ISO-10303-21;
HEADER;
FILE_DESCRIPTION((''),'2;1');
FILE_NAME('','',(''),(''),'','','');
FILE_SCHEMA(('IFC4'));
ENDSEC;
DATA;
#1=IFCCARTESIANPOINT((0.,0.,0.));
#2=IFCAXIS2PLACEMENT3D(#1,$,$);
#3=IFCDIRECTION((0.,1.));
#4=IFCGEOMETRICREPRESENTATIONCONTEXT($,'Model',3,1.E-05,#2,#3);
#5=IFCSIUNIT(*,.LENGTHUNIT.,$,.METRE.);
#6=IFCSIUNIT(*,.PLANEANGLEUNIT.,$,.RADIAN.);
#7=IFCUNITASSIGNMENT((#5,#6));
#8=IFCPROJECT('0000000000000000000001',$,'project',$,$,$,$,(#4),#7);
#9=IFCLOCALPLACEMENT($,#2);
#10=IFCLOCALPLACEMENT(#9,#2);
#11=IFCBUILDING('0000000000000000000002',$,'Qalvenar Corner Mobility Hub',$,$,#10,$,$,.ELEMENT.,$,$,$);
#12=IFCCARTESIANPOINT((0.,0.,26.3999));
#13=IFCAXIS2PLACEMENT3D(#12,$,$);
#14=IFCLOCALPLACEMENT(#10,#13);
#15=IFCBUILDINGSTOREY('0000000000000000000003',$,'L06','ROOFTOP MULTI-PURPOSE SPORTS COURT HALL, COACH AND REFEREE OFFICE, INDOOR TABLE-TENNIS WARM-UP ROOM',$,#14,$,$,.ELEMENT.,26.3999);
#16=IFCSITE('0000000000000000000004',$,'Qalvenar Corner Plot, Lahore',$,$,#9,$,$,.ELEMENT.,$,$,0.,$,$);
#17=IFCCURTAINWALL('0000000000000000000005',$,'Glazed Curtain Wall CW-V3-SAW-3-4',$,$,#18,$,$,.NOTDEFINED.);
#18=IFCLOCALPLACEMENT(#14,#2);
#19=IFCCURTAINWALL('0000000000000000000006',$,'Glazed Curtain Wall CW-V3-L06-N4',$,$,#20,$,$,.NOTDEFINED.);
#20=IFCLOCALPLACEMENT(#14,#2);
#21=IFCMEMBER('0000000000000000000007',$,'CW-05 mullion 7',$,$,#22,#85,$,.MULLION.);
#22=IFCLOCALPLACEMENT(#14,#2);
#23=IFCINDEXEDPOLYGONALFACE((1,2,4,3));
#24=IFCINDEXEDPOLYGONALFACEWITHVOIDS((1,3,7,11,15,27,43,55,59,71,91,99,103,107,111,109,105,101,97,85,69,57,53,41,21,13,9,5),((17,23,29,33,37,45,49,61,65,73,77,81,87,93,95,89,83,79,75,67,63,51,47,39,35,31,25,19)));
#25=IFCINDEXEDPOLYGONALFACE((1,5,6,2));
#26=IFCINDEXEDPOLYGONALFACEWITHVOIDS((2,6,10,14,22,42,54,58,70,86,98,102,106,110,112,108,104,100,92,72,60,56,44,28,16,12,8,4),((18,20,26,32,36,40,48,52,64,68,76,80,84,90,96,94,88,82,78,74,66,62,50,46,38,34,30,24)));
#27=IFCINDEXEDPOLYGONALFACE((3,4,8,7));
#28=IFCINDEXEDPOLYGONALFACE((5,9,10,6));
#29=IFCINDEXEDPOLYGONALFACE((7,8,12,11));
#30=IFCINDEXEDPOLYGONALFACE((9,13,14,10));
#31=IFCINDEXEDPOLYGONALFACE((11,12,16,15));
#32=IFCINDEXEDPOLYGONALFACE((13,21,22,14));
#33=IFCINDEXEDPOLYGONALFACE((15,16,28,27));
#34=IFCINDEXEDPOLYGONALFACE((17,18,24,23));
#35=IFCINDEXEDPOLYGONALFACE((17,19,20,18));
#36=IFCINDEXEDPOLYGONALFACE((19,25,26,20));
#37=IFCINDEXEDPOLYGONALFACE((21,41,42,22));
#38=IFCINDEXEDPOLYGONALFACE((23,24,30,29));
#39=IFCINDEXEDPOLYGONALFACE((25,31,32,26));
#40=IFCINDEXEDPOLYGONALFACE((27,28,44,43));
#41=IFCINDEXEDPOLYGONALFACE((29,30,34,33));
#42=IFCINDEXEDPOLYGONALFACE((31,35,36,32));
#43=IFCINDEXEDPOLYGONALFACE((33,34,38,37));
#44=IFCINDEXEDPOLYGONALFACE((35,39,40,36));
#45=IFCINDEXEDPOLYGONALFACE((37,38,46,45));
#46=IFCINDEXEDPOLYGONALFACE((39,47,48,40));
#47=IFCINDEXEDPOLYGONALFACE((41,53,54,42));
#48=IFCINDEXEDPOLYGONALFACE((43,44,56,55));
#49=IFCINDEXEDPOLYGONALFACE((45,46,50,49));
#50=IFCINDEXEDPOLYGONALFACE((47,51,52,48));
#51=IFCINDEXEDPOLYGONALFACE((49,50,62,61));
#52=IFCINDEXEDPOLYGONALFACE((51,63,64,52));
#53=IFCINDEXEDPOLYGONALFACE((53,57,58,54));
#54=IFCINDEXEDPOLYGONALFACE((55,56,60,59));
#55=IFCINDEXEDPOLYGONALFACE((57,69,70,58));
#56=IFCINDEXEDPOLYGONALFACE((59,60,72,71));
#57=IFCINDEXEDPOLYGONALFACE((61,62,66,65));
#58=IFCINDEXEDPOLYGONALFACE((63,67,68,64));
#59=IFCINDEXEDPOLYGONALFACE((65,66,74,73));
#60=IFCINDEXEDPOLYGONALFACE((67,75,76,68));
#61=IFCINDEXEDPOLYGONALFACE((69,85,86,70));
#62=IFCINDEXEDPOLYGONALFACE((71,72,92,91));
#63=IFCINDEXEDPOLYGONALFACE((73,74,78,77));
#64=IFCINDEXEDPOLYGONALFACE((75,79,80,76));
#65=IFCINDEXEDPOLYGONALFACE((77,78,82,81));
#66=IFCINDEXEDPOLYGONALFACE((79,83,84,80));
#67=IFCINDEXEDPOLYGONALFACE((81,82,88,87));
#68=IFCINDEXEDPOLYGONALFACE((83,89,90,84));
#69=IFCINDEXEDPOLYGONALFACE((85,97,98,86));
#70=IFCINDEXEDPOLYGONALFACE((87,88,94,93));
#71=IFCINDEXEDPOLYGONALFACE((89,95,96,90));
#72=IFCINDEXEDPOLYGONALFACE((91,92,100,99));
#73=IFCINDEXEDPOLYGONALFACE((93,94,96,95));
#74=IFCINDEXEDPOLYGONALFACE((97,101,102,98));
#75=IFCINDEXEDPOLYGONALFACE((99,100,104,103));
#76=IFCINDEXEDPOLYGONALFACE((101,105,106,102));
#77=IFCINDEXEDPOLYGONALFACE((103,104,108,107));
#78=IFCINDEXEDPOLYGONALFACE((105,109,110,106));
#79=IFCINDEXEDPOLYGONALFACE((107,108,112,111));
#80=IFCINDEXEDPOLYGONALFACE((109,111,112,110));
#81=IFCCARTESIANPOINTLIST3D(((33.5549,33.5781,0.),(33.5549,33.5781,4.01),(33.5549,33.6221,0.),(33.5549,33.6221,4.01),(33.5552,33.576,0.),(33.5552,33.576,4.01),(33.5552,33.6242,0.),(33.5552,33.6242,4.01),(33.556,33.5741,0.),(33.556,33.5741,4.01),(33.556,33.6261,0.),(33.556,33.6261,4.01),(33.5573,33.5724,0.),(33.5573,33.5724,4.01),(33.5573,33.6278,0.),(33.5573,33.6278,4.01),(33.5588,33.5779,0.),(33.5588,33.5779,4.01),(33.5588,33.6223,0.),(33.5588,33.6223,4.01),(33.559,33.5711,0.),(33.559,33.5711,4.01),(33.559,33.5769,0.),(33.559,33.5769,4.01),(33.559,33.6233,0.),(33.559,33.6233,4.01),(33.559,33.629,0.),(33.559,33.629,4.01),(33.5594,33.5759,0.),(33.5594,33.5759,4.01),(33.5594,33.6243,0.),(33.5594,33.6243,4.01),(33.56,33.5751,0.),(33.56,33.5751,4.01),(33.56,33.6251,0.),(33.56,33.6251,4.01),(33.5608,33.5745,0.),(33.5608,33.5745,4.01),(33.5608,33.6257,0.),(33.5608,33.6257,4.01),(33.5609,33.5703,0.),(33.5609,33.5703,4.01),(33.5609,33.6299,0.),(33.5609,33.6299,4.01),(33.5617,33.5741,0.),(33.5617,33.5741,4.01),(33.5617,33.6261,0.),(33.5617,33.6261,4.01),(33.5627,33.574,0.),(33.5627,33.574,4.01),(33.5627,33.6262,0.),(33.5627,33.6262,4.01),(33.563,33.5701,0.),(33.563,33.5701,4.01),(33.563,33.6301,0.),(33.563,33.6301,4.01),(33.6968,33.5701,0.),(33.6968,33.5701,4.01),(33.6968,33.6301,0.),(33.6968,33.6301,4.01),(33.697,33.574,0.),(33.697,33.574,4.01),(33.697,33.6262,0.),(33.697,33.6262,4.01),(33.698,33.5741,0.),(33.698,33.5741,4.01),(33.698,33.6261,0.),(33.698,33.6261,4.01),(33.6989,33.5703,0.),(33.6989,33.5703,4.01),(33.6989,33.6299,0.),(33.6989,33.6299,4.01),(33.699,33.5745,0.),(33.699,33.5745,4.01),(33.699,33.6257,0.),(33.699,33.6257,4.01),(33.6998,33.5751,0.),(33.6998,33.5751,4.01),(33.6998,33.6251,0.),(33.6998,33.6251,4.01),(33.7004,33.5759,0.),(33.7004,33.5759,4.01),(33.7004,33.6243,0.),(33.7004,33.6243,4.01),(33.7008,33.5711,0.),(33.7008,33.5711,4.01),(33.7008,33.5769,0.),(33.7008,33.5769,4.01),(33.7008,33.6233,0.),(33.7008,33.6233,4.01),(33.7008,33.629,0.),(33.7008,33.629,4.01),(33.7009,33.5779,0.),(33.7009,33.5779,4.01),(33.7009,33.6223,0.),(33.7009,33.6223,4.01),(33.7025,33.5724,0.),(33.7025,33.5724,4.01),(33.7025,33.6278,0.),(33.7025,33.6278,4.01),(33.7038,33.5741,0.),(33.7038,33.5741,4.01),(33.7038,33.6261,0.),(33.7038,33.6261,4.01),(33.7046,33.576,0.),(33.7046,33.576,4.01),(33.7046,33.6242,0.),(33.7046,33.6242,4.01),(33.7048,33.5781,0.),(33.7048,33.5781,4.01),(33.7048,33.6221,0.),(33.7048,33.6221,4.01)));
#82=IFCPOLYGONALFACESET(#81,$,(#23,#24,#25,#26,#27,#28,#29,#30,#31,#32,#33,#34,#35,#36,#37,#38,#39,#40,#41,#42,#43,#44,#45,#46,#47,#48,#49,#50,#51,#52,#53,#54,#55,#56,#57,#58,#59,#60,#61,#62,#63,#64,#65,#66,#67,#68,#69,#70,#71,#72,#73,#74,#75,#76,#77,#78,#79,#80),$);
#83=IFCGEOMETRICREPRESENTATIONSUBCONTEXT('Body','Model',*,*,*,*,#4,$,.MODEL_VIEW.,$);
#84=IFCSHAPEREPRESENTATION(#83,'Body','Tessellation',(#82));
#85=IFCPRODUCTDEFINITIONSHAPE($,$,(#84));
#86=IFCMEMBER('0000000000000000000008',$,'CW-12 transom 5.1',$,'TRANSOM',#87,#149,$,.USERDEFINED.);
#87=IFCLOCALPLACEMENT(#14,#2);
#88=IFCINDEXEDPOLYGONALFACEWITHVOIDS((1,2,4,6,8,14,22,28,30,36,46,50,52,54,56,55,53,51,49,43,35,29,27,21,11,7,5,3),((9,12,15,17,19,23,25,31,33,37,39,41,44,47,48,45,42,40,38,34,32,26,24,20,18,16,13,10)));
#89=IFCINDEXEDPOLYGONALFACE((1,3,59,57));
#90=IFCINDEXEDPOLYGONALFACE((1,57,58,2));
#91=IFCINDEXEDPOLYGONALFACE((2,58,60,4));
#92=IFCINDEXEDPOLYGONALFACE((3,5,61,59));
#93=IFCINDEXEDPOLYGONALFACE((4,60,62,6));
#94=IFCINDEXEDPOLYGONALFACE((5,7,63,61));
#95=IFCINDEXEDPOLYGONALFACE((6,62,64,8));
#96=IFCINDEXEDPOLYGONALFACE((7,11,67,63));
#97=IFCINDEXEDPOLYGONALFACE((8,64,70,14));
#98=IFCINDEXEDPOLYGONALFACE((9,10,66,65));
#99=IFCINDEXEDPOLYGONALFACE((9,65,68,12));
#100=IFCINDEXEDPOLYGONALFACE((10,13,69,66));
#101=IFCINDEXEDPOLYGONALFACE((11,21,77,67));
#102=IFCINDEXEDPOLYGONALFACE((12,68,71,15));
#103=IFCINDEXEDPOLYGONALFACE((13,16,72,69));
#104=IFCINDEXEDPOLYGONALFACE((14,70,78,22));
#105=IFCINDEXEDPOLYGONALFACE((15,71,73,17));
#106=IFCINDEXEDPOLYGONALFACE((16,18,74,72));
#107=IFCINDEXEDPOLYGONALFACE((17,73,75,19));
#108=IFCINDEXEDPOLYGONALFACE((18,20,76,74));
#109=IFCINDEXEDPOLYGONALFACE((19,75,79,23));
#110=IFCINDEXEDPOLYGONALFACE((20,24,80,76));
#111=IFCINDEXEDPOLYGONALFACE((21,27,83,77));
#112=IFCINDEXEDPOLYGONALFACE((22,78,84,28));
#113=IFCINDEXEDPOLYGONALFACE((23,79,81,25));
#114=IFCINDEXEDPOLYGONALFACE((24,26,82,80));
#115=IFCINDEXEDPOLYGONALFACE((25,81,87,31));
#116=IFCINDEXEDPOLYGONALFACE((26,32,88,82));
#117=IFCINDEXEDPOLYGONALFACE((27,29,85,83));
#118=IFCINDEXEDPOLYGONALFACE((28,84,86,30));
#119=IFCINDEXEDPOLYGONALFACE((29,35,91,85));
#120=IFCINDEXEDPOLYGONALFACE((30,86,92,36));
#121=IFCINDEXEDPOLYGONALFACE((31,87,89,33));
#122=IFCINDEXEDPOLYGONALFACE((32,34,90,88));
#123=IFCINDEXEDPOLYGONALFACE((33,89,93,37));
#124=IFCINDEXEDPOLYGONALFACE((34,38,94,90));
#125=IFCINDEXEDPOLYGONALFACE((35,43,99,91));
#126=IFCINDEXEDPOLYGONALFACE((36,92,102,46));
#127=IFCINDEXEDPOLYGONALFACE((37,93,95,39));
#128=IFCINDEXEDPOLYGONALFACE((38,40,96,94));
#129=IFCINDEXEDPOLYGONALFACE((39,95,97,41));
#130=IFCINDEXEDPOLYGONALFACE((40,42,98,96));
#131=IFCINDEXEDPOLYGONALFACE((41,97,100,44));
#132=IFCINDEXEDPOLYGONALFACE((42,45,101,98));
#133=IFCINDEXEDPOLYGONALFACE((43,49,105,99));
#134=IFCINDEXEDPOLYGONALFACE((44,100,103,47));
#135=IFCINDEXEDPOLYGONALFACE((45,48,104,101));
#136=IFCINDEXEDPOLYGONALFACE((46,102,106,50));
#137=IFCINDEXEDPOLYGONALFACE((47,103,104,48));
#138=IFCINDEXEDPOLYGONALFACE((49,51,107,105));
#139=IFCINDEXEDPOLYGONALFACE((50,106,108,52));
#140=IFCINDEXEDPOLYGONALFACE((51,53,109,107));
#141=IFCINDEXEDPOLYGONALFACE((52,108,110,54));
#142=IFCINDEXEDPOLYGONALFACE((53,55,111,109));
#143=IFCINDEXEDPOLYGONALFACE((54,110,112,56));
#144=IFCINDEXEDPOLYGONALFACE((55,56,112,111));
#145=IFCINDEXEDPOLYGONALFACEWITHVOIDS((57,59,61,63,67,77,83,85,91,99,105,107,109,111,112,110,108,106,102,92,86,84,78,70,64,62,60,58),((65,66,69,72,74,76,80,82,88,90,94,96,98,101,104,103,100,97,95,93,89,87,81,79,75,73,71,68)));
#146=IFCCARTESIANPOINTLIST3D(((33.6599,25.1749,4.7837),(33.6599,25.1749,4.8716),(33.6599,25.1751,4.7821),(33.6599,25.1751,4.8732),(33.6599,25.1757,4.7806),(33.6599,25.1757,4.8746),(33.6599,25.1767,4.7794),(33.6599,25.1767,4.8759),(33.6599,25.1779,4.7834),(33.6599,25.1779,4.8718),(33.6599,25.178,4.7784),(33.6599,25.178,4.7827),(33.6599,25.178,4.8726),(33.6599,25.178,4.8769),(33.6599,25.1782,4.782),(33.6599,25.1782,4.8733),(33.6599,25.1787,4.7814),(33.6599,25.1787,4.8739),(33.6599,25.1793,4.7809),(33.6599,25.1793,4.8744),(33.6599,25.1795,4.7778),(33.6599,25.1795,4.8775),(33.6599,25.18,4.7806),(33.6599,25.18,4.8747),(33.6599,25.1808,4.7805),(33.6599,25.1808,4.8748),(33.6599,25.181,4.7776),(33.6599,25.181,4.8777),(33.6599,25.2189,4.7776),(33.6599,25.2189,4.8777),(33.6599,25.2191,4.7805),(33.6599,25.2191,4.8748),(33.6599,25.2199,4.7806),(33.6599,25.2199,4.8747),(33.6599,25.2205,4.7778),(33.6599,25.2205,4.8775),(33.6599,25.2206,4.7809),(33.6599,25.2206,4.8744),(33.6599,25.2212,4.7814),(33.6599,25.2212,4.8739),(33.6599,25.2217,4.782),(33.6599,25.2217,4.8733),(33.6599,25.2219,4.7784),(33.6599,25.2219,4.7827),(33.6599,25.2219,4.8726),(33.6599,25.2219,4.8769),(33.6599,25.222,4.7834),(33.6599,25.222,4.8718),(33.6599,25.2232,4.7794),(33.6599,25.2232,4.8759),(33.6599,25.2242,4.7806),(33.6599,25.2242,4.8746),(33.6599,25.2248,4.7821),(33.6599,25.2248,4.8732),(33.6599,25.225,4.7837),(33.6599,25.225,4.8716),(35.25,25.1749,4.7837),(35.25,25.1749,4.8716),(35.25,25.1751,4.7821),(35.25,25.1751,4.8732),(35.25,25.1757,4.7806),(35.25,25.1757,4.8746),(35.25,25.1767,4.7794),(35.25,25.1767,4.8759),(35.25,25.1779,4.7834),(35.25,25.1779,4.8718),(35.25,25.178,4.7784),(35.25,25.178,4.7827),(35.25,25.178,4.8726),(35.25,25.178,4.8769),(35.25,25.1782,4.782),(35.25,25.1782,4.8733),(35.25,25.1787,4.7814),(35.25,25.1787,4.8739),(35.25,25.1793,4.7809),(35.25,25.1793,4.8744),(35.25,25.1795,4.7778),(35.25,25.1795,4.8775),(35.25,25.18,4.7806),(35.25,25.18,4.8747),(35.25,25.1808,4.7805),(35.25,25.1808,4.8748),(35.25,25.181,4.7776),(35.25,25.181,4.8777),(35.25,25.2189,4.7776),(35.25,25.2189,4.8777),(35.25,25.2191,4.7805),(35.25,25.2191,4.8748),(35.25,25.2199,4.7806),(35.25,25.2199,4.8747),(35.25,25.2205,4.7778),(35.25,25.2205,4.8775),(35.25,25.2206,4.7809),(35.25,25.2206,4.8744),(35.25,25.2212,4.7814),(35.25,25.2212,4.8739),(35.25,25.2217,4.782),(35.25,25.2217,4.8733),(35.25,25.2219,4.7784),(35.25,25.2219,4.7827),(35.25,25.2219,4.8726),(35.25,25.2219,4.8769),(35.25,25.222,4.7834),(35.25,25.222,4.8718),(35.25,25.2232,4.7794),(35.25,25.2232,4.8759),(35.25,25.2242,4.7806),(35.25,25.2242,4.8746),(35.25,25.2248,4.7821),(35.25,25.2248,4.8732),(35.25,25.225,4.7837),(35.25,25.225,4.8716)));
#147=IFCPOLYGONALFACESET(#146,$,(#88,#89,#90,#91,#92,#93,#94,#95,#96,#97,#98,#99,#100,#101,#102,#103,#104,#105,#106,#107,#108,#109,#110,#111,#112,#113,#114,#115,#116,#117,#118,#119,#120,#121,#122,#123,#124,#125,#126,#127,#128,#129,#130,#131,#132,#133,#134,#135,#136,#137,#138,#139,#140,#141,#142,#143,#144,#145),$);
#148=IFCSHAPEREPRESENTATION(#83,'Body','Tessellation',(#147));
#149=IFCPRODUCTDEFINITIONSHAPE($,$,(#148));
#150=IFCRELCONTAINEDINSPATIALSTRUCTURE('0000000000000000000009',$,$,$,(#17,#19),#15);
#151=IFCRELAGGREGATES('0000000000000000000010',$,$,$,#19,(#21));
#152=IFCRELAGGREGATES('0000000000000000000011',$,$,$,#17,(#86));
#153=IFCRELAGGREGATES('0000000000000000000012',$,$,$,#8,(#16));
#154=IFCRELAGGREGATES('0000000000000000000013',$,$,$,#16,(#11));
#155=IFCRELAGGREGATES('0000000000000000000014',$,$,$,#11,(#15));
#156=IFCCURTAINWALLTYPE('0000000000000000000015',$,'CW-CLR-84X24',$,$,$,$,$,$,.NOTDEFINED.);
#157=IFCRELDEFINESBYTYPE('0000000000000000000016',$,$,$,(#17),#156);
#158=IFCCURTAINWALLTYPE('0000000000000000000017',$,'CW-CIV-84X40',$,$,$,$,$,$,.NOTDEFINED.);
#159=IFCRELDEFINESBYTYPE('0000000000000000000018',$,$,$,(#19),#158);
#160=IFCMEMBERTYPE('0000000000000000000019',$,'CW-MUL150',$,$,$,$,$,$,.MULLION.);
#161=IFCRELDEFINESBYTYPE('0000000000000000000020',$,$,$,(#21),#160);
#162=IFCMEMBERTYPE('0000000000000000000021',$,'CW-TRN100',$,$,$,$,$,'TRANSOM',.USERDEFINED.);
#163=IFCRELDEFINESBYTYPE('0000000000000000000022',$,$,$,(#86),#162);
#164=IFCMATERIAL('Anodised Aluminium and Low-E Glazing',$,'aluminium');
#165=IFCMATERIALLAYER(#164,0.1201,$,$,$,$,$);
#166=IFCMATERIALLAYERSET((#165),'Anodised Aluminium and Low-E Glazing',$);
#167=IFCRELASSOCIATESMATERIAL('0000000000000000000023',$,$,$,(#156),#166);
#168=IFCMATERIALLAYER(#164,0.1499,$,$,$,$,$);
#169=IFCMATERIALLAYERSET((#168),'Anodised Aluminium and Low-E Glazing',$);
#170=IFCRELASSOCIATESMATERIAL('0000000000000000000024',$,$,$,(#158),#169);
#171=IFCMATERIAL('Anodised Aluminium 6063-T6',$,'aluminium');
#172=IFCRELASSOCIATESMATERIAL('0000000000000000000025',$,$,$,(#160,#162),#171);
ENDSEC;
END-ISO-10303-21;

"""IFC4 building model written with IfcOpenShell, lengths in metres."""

from ifc_helpers import new_model, si_unit, direction, frame, origin, origin_2d, place, context, subcontext, project, spatial, hollow_rectangle, extrude, material, layer, layer_set, material_profile, profile_set, type_object, element, aggregate, save


model = new_model("IFC4")

# Units and contexts
model_context = context("Model", 3, precision=1e-05, world=origin(), true_north=direction((0.0, 1.0)))
body_context = subcontext(model_context, "Body", "Model", "MODEL_VIEW")
ifc_project = project(units=[si_unit("LENGTHUNIT", "METRE"), si_unit("PLANEANGLEUNIT", "RADIAN")], contexts=[model_context])

# Site, building, storey
site_placement = place(None, origin())
site = spatial("IfcSite", under=ifc_project, at=site_placement, Name="Qalvenar Corner Plot, Lahore", CompositionType="ELEMENT", RefElevation=0.0)
building_placement = place(site_placement, origin())
building = spatial("IfcBuilding", under=site, at=building_placement, Name="Qalvenar Corner Mobility Hub", CompositionType="ELEMENT")
storey_placement = place(building_placement, frame((0.0, 0.0, 26.3999)))
storey = spatial("IfcBuildingStorey", under=building, at=storey_placement, Name="L06", Description="ROOFTOP MULTI-PURPOSE SPORTS COURT HALL, COACH AND REFEREE OFFICE, INDOOR TABLE-TENNIS WARM-UP ROOM", CompositionType="ELEMENT", Elevation=26.3999)

# Curtain walls, member
ifc_material_1 = material(Name="Anodised Aluminium and Low-E Glazing", Category="aluminium")
ifc_layer_1 = layer(ifc_material_1, 0.1201)
ifc_layer_set_1 = layer_set([ifc_layer_1], Name="Anodised Aluminium and Low-E Glazing")
curtain_wall_type_1 = type_object("IfcCurtainWallType", Name="CW-CLR-84X24", PredefinedType="NOTDEFINED", material=ifc_layer_set_1)
curtain_wall_1_placement = place(storey_placement, origin())
curtain_wall_1 = element("IfcCurtainWall", 1, at=curtain_wall_1_placement, inside=storey, type_object=curtain_wall_type_1, Name="Glazed Curtain Wall CW-V3-SAW-3-4", PredefinedType="NOTDEFINED")
ifc_material_2 = material(Name="Anodised Aluminium 6063-T6", Category="aluminium")
ifc_layer_2 = layer(ifc_material_1, 0.1499)
ifc_layer_set_2 = layer_set([ifc_layer_2], Name="Anodised Aluminium and Low-E Glazing")
curtain_wall_type_2 = type_object("IfcCurtainWallType", Name="CW-CIV-84X40", PredefinedType="NOTDEFINED", material=ifc_layer_set_2)
curtain_wall_2_placement = place(storey_placement, origin())
curtain_wall_2 = element("IfcCurtainWall", 2, at=curtain_wall_2_placement, inside=storey, type_object=curtain_wall_type_2, Name="Glazed Curtain Wall CW-V3-L06-N4", PredefinedType="NOTDEFINED")
ifc_material_profile_1 = material_profile(ifc_material_2, hollow_rectangle(XDim=0.0601, YDim=0.1499, WallThickness=0.0039, InnerFilletRadius=0.0039, OuterFilletRadius=0.0081, at=origin_2d()), Name="RHS150x60x4")
ifc_profile_set_1 = profile_set([ifc_material_profile_1], Name="Anodised Aluminium 6063-T6")
member_type_1 = type_object("IfcMemberType", Name="CW-MUL150", PredefinedType="MULLION", material=ifc_profile_set_1)
member_1_placement = place(storey_placement, frame((33.6299, 33.6001, 0.0), z_axis=(0.0, 0.0, 1.0), x_axis=(0.0, -1.0, 0.0)))
member_1 = element("IfcMember", 3, at=member_1_placement, type_object=member_type_1, Name="CW-05 mullion 7", PredefinedType="MULLION", context=body_context, shape_type="SweptSolid", body=[
    extrude(hollow_rectangle(XDim=0.0601, YDim=0.1499, WallThickness=0.0039, InnerFilletRadius=0.0039, OuterFilletRadius=0.0081, at=origin_2d()), origin(), (0.0, 0.0, 1.0), 4.01),
])

# Member
ifc_material_profile_2 = material_profile(ifc_material_2, hollow_rectangle(XDim=0.05, YDim=0.1001, WallThickness=0.0029, InnerFilletRadius=0.0029, OuterFilletRadius=0.0061, at=origin_2d()), Name="RHS100x50x3")
ifc_profile_set_2 = profile_set([ifc_material_profile_2], Name="Anodised Aluminium 6063-T6")
member_type_2 = type_object("IfcMemberType", Name="CW-TRN100", ElementType="TRANSOM", PredefinedType="USERDEFINED", material=ifc_profile_set_2)
member_2_placement = place(storey_placement, frame((35.25, 25.2, 4.8276), z_axis=(-1.0, 0.0, 0.0), x_axis=(0.0, -1.0, 0.0)))
member_2 = element("IfcMember", 4, at=member_2_placement, type_object=member_type_2, Name="CW-12 transom 5.1", ObjectType="TRANSOM", PredefinedType="USERDEFINED", context=body_context, shape_type="SweptSolid", body=[
    extrude(hollow_rectangle(XDim=0.05, YDim=0.1001, WallThickness=0.0029, InnerFilletRadius=0.0029, OuterFilletRadius=0.0061, at=origin_2d()), origin(), (0.0, 0.0, 1.0), 1.5901),
])

aggregate(curtain_wall_2, [member_1])
aggregate(curtain_wall_1, [member_2])

save(model, "model.ifc")
